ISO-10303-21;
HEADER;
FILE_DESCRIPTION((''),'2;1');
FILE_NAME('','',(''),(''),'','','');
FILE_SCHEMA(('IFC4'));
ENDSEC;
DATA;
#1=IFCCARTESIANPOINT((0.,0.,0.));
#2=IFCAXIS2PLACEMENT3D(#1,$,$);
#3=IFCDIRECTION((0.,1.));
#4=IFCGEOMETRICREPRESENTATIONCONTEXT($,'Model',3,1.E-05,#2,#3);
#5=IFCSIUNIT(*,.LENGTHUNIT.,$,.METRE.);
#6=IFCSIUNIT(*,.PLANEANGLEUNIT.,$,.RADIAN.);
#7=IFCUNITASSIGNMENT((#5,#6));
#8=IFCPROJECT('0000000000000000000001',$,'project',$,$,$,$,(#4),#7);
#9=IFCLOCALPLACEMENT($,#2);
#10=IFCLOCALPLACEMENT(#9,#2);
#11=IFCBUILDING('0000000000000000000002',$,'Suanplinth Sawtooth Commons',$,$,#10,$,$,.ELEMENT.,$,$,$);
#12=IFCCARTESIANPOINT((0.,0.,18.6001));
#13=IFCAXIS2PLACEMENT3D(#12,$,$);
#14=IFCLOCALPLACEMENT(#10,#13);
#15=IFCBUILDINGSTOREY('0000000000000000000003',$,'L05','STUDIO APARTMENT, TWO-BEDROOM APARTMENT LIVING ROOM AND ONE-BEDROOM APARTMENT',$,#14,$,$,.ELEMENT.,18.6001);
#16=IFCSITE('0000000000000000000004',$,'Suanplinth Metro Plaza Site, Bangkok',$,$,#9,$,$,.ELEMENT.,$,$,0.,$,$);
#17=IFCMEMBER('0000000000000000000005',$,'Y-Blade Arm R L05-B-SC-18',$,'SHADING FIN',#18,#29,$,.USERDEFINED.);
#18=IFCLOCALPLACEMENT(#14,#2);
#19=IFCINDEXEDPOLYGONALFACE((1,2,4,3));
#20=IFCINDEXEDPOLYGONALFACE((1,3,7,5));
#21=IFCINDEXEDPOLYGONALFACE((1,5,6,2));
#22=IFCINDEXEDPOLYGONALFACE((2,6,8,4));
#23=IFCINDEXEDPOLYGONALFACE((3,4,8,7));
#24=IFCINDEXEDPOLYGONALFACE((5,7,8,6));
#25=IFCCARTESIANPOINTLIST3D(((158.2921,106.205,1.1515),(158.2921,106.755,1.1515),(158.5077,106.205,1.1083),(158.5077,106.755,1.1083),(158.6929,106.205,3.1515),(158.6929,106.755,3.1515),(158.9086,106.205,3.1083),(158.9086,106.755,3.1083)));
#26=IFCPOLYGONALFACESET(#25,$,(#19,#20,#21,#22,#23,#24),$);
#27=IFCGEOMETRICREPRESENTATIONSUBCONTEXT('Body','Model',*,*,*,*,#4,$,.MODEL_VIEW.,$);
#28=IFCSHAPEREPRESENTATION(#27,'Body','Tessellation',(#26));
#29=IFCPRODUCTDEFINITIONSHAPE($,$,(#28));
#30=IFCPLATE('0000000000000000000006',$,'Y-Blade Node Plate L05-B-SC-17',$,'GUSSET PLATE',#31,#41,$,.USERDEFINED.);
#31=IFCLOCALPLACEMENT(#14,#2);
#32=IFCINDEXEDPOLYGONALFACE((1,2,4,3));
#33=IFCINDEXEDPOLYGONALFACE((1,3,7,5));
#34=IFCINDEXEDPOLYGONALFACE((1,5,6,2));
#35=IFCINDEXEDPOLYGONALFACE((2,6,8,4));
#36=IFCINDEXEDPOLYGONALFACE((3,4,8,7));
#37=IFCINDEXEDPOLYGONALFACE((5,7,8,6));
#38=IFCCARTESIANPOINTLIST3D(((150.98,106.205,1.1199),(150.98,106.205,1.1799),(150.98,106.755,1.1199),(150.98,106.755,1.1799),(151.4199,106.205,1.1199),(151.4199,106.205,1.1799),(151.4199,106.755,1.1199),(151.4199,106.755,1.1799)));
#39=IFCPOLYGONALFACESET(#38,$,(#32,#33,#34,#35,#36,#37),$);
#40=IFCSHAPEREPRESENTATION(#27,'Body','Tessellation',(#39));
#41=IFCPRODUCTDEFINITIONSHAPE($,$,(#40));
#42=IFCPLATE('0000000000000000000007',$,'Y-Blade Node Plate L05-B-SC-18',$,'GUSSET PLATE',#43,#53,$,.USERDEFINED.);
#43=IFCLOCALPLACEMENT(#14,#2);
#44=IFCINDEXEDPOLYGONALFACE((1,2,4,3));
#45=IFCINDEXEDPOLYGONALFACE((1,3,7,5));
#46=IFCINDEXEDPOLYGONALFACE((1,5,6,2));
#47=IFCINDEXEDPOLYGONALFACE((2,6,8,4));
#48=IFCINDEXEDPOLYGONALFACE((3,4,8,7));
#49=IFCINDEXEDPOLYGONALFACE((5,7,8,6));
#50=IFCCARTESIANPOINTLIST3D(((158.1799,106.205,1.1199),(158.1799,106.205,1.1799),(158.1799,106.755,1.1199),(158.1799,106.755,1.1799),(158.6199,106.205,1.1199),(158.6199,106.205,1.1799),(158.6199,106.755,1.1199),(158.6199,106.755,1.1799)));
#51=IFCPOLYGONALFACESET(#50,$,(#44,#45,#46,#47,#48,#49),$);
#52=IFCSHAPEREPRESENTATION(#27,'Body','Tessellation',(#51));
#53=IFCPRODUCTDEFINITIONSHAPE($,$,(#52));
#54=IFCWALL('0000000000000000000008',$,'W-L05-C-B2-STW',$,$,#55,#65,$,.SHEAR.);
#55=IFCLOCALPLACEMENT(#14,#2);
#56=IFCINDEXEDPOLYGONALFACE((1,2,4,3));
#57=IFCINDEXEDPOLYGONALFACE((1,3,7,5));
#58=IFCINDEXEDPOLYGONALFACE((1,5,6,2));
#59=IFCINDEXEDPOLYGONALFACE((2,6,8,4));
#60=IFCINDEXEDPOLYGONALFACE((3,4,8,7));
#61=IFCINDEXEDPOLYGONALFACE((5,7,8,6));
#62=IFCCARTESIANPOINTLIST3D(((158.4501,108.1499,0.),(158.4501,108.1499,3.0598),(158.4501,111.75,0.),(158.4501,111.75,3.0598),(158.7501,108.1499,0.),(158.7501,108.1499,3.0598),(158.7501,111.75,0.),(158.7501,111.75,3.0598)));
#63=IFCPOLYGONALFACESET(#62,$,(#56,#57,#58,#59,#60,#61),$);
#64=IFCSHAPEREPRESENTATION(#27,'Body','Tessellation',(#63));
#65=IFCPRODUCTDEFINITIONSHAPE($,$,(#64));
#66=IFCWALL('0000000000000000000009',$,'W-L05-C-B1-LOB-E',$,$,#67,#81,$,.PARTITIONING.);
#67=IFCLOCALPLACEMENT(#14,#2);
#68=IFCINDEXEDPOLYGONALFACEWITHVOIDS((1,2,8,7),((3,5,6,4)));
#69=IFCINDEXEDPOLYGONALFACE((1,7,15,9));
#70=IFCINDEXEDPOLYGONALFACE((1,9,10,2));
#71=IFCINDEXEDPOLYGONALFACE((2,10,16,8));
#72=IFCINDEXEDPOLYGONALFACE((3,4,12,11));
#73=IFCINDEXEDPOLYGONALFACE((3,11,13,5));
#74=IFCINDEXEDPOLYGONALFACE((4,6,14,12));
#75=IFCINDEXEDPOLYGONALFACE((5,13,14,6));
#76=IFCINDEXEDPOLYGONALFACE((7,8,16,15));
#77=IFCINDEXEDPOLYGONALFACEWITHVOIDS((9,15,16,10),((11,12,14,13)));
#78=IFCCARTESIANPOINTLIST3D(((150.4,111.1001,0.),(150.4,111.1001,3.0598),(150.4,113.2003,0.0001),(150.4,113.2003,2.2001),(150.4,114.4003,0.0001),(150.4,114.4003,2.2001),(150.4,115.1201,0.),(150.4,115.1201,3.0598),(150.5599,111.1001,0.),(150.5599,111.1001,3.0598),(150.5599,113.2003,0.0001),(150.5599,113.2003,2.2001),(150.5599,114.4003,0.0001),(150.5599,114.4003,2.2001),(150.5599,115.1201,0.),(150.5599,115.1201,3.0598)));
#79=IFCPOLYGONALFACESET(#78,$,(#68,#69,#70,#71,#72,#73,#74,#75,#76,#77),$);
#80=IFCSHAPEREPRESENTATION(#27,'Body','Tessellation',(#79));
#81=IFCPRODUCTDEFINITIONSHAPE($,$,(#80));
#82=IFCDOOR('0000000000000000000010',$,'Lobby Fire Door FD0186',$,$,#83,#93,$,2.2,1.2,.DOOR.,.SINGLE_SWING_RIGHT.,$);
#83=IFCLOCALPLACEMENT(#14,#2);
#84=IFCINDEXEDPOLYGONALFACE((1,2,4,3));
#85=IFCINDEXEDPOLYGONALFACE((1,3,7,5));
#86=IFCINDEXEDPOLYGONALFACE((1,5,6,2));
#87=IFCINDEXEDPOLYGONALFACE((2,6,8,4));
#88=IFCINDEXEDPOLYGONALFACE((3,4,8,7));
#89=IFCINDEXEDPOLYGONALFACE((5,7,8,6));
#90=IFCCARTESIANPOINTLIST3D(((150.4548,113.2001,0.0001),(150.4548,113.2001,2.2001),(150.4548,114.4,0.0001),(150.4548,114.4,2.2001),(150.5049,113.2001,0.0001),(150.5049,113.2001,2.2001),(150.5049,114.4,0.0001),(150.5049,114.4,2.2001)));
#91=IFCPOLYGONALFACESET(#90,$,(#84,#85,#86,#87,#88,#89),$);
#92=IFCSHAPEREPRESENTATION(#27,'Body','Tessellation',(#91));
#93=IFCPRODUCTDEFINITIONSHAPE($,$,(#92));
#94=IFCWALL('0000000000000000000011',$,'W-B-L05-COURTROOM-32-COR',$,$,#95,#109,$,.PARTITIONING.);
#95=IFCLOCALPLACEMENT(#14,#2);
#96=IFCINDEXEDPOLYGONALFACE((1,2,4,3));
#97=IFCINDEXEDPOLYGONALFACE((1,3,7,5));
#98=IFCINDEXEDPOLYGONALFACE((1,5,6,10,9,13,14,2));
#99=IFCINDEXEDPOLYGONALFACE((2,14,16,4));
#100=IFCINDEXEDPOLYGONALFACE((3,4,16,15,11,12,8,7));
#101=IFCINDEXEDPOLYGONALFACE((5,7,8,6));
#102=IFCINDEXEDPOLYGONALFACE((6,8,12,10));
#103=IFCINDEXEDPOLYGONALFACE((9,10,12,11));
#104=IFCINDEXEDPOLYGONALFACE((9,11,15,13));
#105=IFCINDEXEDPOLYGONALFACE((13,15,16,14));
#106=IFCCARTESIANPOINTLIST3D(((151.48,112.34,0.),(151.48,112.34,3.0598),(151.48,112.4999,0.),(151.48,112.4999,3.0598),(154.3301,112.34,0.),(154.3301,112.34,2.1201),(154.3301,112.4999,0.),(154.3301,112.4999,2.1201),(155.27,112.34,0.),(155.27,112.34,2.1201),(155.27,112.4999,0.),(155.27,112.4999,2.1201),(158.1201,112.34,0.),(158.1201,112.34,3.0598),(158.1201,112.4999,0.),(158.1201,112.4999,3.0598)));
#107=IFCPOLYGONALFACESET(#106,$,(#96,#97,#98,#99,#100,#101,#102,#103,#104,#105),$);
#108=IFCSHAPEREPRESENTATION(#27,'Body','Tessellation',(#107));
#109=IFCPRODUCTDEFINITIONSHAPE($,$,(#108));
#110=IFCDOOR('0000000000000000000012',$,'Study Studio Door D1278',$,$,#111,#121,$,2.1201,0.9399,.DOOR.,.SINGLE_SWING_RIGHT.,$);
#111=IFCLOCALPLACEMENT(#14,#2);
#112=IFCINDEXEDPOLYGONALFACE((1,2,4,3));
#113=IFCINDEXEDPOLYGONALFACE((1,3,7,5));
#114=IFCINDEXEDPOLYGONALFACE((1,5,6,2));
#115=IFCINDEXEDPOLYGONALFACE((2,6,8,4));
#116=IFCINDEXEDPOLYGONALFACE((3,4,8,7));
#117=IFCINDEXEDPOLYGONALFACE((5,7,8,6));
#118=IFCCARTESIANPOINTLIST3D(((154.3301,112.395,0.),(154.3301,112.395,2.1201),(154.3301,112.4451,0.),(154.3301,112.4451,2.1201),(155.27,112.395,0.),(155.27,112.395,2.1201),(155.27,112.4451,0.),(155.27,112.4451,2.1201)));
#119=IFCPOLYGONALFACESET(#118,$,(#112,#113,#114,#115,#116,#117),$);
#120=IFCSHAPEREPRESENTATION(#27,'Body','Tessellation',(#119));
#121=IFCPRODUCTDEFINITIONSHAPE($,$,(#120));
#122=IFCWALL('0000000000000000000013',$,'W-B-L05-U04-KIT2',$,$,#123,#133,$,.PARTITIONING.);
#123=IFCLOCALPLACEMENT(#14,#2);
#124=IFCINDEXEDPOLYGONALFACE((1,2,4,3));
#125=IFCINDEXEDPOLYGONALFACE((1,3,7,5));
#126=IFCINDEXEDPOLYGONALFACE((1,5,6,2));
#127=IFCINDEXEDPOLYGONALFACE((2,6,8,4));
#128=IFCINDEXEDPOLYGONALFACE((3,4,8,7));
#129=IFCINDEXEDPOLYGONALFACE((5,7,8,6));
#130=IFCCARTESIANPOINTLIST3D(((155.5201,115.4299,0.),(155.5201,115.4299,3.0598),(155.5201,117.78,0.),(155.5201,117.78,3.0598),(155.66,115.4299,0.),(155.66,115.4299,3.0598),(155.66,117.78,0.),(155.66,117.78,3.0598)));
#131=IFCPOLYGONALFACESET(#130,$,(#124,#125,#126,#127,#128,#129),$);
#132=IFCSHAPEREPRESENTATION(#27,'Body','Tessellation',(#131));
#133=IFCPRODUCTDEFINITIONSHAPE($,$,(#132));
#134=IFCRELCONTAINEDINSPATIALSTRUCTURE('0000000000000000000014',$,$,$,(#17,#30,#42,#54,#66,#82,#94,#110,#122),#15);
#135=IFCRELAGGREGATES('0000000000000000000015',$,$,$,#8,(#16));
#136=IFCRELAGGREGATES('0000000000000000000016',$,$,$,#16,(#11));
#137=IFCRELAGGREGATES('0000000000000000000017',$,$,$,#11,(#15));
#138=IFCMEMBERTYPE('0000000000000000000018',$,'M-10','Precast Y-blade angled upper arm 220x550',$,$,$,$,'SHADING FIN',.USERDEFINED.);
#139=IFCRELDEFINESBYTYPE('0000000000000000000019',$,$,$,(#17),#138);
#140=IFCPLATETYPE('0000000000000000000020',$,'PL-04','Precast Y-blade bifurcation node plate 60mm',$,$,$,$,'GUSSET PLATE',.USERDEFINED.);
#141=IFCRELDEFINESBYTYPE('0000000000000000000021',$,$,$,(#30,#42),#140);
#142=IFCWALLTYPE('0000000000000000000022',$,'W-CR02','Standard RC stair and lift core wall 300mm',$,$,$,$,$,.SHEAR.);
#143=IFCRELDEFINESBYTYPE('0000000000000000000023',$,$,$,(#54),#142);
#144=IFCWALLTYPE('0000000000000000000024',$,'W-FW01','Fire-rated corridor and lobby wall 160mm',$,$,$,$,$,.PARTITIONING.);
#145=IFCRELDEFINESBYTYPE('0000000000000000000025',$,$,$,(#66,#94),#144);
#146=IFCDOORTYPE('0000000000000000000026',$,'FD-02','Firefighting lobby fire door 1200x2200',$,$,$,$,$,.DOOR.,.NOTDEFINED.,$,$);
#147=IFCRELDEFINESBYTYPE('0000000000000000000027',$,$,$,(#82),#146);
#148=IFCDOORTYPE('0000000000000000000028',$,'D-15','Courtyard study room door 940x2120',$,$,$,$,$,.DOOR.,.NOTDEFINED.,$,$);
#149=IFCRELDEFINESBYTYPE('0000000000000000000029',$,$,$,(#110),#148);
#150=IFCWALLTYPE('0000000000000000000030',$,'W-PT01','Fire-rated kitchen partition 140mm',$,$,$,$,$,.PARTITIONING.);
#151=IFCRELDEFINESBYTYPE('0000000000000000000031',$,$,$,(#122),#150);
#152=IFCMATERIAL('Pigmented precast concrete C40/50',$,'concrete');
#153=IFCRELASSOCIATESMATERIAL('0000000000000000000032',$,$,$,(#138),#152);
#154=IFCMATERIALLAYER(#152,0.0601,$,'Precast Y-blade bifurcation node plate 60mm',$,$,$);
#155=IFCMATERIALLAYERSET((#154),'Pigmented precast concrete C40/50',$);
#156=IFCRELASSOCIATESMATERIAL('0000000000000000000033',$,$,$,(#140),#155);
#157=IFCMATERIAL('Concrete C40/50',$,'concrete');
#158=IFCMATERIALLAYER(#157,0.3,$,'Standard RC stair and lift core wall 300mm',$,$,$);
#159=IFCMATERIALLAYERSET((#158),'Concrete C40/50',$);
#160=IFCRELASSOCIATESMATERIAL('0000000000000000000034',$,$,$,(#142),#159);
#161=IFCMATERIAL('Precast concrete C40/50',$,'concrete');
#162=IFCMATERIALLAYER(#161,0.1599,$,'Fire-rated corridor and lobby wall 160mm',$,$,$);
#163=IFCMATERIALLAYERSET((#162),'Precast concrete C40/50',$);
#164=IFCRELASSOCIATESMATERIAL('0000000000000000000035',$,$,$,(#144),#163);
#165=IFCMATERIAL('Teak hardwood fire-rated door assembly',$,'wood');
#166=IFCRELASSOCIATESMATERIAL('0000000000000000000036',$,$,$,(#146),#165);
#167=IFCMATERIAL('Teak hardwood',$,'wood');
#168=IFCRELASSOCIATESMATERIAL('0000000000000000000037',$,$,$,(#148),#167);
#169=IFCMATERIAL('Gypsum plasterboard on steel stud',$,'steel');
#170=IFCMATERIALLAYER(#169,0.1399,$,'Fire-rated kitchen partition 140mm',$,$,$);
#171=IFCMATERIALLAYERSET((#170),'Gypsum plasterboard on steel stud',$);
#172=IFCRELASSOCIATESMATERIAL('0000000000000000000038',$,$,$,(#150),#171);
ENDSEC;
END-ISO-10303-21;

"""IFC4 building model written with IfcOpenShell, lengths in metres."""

from ifc_helpers import new_model, si_unit, direction, frame, frame_2d, origin, origin_2d, place, context, subcontext, project, spatial, rectangle, extrude, material, layer, layer_set, material_profile, profile_set, type_object, element, fill, save


model = new_model("IFC4")

# Units and contexts
model_context = context("Model", 3, precision=1e-05, world=origin(), true_north=direction((0.0, 1.0)))
body_context = subcontext(model_context, "Body", "Model", "MODEL_VIEW")
ifc_project = project(units=[si_unit("LENGTHUNIT", "METRE"), si_unit("PLANEANGLEUNIT", "RADIAN")], contexts=[model_context])

# Site, building, storey
site_placement = place(None, origin())
site = spatial("IfcSite", under=ifc_project, at=site_placement, Name="Suanplinth Metro Plaza Site, Bangkok", CompositionType="ELEMENT", RefElevation=0.0)
building_placement = place(site_placement, origin())
building = spatial("IfcBuilding", under=site, at=building_placement, Name="Suanplinth Sawtooth Commons", CompositionType="ELEMENT")
storey_placement = place(building_placement, frame((0.0, 0.0, 18.6001)))
storey = spatial("IfcBuildingStorey", under=building, at=storey_placement, Name="L05", Description="STUDIO APARTMENT, TWO-BEDROOM APARTMENT LIVING ROOM AND ONE-BEDROOM APARTMENT", CompositionType="ELEMENT", Elevation=18.6001)

# Shared definitions
ifc_material_1 = material(Name="Precast concrete C40/50", Category="concrete")

# Member
ifc_material_2 = material(Name="Pigmented precast concrete C40/50", Category="concrete")
ifc_material_profile_1 = material_profile(ifc_material_2, rectangle(XDim=0.22, YDim=0.55, at=origin_2d()), Name="PC-FIN 220x550")
ifc_profile_set_1 = profile_set([ifc_material_profile_1], Name="Pigmented precast concrete C40/50")
member_type_1 = type_object("IfcMemberType", Name="M-10", Description="Precast Y-blade angled upper arm 220x550", ElementType="SHADING FIN", PredefinedType="USERDEFINED", material=ifc_profile_set_1)
for number, where, z_axis, x_axis, name in (
    (1, (158.3999, 106.48, 1.1299), (0.19653, 0.0, 0.980498), (-0.980498, 0.0, 0.19653), "Y-Blade Arm R L05-B-SC-18"),
):
    element("IfcMember", number, at=place(storey_placement, frame(where, z_axis=z_axis, x_axis=x_axis)), inside=storey, type_object=member_type_1, Name=name, ObjectType="SHADING FIN", PredefinedType="USERDEFINED", context=body_context, shape_type="SweptSolid", body=[
        extrude(rectangle(XDim=0.22, YDim=0.55, at=origin_2d()), origin(), (0.0, 0.0, 1.0), 2.0398),
    ])

# Plates
ifc_layer_1 = layer(ifc_material_2, 0.0601, Name="Precast Y-blade bifurcation node plate 60mm")
ifc_layer_set_1 = layer_set([ifc_layer_1], Name="Pigmented precast concrete C40/50")
plate_type = type_object("IfcPlateType", Name="PL-04", Description="Precast Y-blade bifurcation node plate 60mm", ElementType="GUSSET PLATE", PredefinedType="USERDEFINED", material=ifc_layer_set_1)
for number, where, z_axis, x_axis, name in (
    (2, (151.2, 106.48, 1.1199), (0.0, 0.0, 1.0), (1.0, 0.0, 0.0), "Y-Blade Node Plate L05-B-SC-17"),
    (3, (158.3999, 106.48, 1.1199), (0.0, 0.0, 1.0), (1.0, 0.0, 0.0), "Y-Blade Node Plate L05-B-SC-18"),
):
    element("IfcPlate", number, at=place(storey_placement, frame(where, z_axis=z_axis, x_axis=x_axis)), inside=storey, type_object=plate_type, Name=name, ObjectType="GUSSET PLATE", PredefinedType="USERDEFINED", context=body_context, shape_type="SweptSolid", body=[
        extrude(rectangle(XDim=0.4399, YDim=0.55, at=origin_2d()), origin(), (0.0, 0.0, 1.0), 0.0601),
    ])

# Wall
ifc_material_3 = material(Name="Concrete C40/50", Category="concrete")
ifc_layer_2 = layer(ifc_material_3, 0.3, Name="Standard RC stair and lift core wall 300mm")
ifc_layer_set_2 = layer_set([ifc_layer_2], Name="Concrete C40/50")
wall_type_1 = type_object("IfcWallType", Name="W-CR02", Description="Standard RC stair and lift core wall 300mm", PredefinedType="SHEAR", material=ifc_layer_set_2)
wall_1_placement = place(storey_placement, frame((158.6001, 108.1499, 0.0), z_axis=(0.0, 0.0, 1.0), x_axis=(0.0, 1.0, 0.0)))
element("IfcWall", 4, at=wall_1_placement, inside=storey, type_object=wall_type_1, Name="W-L05-C-B2-STW", PredefinedType="SHEAR", context=body_context, shape_type="SweptSolid", body=[
    extrude(rectangle(XDim=3.6001, YDim=0.3, at=frame_2d((1.8, 0.0))), origin(), (0.0, 0.0, 1.0), 3.0598),
])

# Walls, openings, doors
ifc_layer_3 = layer(ifc_material_1, 0.1599, Name="Fire-rated corridor and lobby wall 160mm")
ifc_layer_set_3 = layer_set([ifc_layer_3], Name="Precast concrete C40/50")
wall_type_2 = type_object("IfcWallType", Name="W-FW01", Description="Fire-rated corridor and lobby wall 160mm", PredefinedType="PARTITIONING", material=ifc_layer_set_3)
wall_2_placement = place(storey_placement, frame((150.48, 111.1001, 0.0), z_axis=(0.0, 0.0, 1.0), x_axis=(0.0, 1.0, 0.0)))
wall_2 = element("IfcWall", 5, at=wall_2_placement, inside=storey, type_object=wall_type_2, Name="W-L05-C-B1-LOB-E", PredefinedType="PARTITIONING", context=body_context, shape_type="SweptSolid", body=[
    extrude(rectangle(XDim=4.02, YDim=0.1599, at=frame_2d((2.01, 0.0))), origin(), (0.0, 0.0, 1.0), 3.0598),
])
opening_1_placement = place(wall_2_placement, frame((2.1001, 0.0, 0.0)))
opening_1 = element("IfcOpeningElement", 6, at=opening_1_placement, cuts=wall_2, PredefinedType="OPENING", context=body_context, shape_type="SweptSolid", body=[
    extrude(rectangle(XDim=1.2, YDim=2.2, at=frame_2d((0.6001, 1.1001))), frame((0.0, 0.0947, 0.0), z_axis=(0.0, -1.0, 0.0), x_axis=(1.0, 0.0, 0.0)), (0.0, 0.0, 1.0), 0.1897),
])
ifc_material_4 = material(Name="Teak hardwood fire-rated door assembly", Category="wood")
door_type_1 = type_object("IfcDoorType", Name="FD-02", Description="Firefighting lobby fire door 1200x2200", OperationType="NOTDEFINED", PredefinedType="DOOR", material=ifc_material_4)
door_1_placement = place(opening_1_placement, frame((1.2, 0.0, 0.0), z_axis=(0.0, 0.0, 1.0), x_axis=(-1.0, 0.0, 0.0)))
door_1 = element("IfcDoor", 7, at=door_1_placement, inside=storey, type_object=door_type_1, Name="Lobby Fire Door FD0186", OperationType="SINGLE_SWING_RIGHT", OverallHeight=2.2, OverallWidth=1.2, PredefinedType="DOOR", context=body_context, shape_type="SweptSolid", body=[
    extrude(rectangle(XDim=1.2, YDim=2.2, at=frame_2d((0.6001, 1.1001))), frame((0.0, 0.0249, 0.0), z_axis=(0.0, -1.0, 0.0), x_axis=(1.0, 0.0, 0.0)), (0.0, 0.0, 1.0), 0.05),
])
fill(opening_1, door_1)
wall_3_placement = place(storey_placement, frame((151.48, 112.4199, 0.0), z_axis=(0.0, 0.0, 1.0), x_axis=(1.0, 0.0, 0.0)))
wall_3 = element("IfcWall", 8, at=wall_3_placement, inside=storey, type_object=wall_type_2, Name="W-B-L05-COURTROOM-32-COR", PredefinedType="PARTITIONING", context=body_context, shape_type="SweptSolid", body=[
    extrude(rectangle(XDim=6.6401, YDim=0.1599, at=frame_2d((3.3201, 0.0))), origin(), (0.0, 0.0, 1.0), 3.0598),
])
opening_2_placement = place(wall_3_placement, frame((2.8501, 0.0, 0.0)))
opening_2 = element("IfcOpeningElement", 9, at=opening_2_placement, cuts=wall_3, PredefinedType="OPENING", context=body_context, shape_type="SweptSolid", body=[
    extrude(rectangle(XDim=0.9399, YDim=2.1201, at=frame_2d((0.47, 1.0601))), frame((0.0, 0.0947, 0.0), z_axis=(0.0, -1.0, 0.0), x_axis=(1.0, 0.0, 0.0)), (0.0, 0.0, 1.0), 0.1897),
])
ifc_material_5 = material(Name="Teak hardwood", Category="wood")
door_type_2 = type_object("IfcDoorType", Name="D-15", Description="Courtyard study room door 940x2120", OperationType="NOTDEFINED", PredefinedType="DOOR", material=ifc_material_5)
door_2_placement = place(opening_2_placement, frame((0.9399, 0.0, 0.0), z_axis=(0.0, 0.0, 1.0), x_axis=(-1.0, 0.0, 0.0)))
door_2 = element("IfcDoor", 10, at=door_2_placement, inside=storey, type_object=door_type_2, Name="Study Studio Door D1278", OperationType="SINGLE_SWING_RIGHT", OverallHeight=2.1201, OverallWidth=0.9399, PredefinedType="DOOR", context=body_context, shape_type="SweptSolid", body=[
    extrude(rectangle(XDim=0.9399, YDim=2.1201, at=frame_2d((0.47, 1.0601))), frame((0.0, 0.0249, 0.0), z_axis=(0.0, -1.0, 0.0), x_axis=(1.0, 0.0, 0.0)), (0.0, 0.0, 1.0), 0.05),
])
fill(opening_2, door_2)

# Wall
ifc_material_6 = material(Name="Gypsum plasterboard on steel stud", Category="steel")
ifc_layer_4 = layer(ifc_material_6, 0.1399, Name="Fire-rated kitchen partition 140mm")
ifc_layer_set_4 = layer_set([ifc_layer_4], Name="Gypsum plasterboard on steel stud")
wall_type_3 = type_object("IfcWallType", Name="W-PT01", Description="Fire-rated kitchen partition 140mm", PredefinedType="PARTITIONING", material=ifc_layer_set_4)
wall_4_placement = place(storey_placement, frame((155.5901, 115.4299, 0.0), z_axis=(0.0, 0.0, 1.0), x_axis=(0.0, 1.0, 0.0)))
element("IfcWall", 11, at=wall_4_placement, inside=storey, type_object=wall_type_3, Name="W-B-L05-U04-KIT2", PredefinedType="PARTITIONING", context=body_context, shape_type="SweptSolid", body=[
    extrude(rectangle(XDim=2.3501, YDim=0.1399, at=frame_2d((1.175, 0.0))), origin(), (0.0, 0.0, 1.0), 3.0598),
])

save(model, "model.ifc")
